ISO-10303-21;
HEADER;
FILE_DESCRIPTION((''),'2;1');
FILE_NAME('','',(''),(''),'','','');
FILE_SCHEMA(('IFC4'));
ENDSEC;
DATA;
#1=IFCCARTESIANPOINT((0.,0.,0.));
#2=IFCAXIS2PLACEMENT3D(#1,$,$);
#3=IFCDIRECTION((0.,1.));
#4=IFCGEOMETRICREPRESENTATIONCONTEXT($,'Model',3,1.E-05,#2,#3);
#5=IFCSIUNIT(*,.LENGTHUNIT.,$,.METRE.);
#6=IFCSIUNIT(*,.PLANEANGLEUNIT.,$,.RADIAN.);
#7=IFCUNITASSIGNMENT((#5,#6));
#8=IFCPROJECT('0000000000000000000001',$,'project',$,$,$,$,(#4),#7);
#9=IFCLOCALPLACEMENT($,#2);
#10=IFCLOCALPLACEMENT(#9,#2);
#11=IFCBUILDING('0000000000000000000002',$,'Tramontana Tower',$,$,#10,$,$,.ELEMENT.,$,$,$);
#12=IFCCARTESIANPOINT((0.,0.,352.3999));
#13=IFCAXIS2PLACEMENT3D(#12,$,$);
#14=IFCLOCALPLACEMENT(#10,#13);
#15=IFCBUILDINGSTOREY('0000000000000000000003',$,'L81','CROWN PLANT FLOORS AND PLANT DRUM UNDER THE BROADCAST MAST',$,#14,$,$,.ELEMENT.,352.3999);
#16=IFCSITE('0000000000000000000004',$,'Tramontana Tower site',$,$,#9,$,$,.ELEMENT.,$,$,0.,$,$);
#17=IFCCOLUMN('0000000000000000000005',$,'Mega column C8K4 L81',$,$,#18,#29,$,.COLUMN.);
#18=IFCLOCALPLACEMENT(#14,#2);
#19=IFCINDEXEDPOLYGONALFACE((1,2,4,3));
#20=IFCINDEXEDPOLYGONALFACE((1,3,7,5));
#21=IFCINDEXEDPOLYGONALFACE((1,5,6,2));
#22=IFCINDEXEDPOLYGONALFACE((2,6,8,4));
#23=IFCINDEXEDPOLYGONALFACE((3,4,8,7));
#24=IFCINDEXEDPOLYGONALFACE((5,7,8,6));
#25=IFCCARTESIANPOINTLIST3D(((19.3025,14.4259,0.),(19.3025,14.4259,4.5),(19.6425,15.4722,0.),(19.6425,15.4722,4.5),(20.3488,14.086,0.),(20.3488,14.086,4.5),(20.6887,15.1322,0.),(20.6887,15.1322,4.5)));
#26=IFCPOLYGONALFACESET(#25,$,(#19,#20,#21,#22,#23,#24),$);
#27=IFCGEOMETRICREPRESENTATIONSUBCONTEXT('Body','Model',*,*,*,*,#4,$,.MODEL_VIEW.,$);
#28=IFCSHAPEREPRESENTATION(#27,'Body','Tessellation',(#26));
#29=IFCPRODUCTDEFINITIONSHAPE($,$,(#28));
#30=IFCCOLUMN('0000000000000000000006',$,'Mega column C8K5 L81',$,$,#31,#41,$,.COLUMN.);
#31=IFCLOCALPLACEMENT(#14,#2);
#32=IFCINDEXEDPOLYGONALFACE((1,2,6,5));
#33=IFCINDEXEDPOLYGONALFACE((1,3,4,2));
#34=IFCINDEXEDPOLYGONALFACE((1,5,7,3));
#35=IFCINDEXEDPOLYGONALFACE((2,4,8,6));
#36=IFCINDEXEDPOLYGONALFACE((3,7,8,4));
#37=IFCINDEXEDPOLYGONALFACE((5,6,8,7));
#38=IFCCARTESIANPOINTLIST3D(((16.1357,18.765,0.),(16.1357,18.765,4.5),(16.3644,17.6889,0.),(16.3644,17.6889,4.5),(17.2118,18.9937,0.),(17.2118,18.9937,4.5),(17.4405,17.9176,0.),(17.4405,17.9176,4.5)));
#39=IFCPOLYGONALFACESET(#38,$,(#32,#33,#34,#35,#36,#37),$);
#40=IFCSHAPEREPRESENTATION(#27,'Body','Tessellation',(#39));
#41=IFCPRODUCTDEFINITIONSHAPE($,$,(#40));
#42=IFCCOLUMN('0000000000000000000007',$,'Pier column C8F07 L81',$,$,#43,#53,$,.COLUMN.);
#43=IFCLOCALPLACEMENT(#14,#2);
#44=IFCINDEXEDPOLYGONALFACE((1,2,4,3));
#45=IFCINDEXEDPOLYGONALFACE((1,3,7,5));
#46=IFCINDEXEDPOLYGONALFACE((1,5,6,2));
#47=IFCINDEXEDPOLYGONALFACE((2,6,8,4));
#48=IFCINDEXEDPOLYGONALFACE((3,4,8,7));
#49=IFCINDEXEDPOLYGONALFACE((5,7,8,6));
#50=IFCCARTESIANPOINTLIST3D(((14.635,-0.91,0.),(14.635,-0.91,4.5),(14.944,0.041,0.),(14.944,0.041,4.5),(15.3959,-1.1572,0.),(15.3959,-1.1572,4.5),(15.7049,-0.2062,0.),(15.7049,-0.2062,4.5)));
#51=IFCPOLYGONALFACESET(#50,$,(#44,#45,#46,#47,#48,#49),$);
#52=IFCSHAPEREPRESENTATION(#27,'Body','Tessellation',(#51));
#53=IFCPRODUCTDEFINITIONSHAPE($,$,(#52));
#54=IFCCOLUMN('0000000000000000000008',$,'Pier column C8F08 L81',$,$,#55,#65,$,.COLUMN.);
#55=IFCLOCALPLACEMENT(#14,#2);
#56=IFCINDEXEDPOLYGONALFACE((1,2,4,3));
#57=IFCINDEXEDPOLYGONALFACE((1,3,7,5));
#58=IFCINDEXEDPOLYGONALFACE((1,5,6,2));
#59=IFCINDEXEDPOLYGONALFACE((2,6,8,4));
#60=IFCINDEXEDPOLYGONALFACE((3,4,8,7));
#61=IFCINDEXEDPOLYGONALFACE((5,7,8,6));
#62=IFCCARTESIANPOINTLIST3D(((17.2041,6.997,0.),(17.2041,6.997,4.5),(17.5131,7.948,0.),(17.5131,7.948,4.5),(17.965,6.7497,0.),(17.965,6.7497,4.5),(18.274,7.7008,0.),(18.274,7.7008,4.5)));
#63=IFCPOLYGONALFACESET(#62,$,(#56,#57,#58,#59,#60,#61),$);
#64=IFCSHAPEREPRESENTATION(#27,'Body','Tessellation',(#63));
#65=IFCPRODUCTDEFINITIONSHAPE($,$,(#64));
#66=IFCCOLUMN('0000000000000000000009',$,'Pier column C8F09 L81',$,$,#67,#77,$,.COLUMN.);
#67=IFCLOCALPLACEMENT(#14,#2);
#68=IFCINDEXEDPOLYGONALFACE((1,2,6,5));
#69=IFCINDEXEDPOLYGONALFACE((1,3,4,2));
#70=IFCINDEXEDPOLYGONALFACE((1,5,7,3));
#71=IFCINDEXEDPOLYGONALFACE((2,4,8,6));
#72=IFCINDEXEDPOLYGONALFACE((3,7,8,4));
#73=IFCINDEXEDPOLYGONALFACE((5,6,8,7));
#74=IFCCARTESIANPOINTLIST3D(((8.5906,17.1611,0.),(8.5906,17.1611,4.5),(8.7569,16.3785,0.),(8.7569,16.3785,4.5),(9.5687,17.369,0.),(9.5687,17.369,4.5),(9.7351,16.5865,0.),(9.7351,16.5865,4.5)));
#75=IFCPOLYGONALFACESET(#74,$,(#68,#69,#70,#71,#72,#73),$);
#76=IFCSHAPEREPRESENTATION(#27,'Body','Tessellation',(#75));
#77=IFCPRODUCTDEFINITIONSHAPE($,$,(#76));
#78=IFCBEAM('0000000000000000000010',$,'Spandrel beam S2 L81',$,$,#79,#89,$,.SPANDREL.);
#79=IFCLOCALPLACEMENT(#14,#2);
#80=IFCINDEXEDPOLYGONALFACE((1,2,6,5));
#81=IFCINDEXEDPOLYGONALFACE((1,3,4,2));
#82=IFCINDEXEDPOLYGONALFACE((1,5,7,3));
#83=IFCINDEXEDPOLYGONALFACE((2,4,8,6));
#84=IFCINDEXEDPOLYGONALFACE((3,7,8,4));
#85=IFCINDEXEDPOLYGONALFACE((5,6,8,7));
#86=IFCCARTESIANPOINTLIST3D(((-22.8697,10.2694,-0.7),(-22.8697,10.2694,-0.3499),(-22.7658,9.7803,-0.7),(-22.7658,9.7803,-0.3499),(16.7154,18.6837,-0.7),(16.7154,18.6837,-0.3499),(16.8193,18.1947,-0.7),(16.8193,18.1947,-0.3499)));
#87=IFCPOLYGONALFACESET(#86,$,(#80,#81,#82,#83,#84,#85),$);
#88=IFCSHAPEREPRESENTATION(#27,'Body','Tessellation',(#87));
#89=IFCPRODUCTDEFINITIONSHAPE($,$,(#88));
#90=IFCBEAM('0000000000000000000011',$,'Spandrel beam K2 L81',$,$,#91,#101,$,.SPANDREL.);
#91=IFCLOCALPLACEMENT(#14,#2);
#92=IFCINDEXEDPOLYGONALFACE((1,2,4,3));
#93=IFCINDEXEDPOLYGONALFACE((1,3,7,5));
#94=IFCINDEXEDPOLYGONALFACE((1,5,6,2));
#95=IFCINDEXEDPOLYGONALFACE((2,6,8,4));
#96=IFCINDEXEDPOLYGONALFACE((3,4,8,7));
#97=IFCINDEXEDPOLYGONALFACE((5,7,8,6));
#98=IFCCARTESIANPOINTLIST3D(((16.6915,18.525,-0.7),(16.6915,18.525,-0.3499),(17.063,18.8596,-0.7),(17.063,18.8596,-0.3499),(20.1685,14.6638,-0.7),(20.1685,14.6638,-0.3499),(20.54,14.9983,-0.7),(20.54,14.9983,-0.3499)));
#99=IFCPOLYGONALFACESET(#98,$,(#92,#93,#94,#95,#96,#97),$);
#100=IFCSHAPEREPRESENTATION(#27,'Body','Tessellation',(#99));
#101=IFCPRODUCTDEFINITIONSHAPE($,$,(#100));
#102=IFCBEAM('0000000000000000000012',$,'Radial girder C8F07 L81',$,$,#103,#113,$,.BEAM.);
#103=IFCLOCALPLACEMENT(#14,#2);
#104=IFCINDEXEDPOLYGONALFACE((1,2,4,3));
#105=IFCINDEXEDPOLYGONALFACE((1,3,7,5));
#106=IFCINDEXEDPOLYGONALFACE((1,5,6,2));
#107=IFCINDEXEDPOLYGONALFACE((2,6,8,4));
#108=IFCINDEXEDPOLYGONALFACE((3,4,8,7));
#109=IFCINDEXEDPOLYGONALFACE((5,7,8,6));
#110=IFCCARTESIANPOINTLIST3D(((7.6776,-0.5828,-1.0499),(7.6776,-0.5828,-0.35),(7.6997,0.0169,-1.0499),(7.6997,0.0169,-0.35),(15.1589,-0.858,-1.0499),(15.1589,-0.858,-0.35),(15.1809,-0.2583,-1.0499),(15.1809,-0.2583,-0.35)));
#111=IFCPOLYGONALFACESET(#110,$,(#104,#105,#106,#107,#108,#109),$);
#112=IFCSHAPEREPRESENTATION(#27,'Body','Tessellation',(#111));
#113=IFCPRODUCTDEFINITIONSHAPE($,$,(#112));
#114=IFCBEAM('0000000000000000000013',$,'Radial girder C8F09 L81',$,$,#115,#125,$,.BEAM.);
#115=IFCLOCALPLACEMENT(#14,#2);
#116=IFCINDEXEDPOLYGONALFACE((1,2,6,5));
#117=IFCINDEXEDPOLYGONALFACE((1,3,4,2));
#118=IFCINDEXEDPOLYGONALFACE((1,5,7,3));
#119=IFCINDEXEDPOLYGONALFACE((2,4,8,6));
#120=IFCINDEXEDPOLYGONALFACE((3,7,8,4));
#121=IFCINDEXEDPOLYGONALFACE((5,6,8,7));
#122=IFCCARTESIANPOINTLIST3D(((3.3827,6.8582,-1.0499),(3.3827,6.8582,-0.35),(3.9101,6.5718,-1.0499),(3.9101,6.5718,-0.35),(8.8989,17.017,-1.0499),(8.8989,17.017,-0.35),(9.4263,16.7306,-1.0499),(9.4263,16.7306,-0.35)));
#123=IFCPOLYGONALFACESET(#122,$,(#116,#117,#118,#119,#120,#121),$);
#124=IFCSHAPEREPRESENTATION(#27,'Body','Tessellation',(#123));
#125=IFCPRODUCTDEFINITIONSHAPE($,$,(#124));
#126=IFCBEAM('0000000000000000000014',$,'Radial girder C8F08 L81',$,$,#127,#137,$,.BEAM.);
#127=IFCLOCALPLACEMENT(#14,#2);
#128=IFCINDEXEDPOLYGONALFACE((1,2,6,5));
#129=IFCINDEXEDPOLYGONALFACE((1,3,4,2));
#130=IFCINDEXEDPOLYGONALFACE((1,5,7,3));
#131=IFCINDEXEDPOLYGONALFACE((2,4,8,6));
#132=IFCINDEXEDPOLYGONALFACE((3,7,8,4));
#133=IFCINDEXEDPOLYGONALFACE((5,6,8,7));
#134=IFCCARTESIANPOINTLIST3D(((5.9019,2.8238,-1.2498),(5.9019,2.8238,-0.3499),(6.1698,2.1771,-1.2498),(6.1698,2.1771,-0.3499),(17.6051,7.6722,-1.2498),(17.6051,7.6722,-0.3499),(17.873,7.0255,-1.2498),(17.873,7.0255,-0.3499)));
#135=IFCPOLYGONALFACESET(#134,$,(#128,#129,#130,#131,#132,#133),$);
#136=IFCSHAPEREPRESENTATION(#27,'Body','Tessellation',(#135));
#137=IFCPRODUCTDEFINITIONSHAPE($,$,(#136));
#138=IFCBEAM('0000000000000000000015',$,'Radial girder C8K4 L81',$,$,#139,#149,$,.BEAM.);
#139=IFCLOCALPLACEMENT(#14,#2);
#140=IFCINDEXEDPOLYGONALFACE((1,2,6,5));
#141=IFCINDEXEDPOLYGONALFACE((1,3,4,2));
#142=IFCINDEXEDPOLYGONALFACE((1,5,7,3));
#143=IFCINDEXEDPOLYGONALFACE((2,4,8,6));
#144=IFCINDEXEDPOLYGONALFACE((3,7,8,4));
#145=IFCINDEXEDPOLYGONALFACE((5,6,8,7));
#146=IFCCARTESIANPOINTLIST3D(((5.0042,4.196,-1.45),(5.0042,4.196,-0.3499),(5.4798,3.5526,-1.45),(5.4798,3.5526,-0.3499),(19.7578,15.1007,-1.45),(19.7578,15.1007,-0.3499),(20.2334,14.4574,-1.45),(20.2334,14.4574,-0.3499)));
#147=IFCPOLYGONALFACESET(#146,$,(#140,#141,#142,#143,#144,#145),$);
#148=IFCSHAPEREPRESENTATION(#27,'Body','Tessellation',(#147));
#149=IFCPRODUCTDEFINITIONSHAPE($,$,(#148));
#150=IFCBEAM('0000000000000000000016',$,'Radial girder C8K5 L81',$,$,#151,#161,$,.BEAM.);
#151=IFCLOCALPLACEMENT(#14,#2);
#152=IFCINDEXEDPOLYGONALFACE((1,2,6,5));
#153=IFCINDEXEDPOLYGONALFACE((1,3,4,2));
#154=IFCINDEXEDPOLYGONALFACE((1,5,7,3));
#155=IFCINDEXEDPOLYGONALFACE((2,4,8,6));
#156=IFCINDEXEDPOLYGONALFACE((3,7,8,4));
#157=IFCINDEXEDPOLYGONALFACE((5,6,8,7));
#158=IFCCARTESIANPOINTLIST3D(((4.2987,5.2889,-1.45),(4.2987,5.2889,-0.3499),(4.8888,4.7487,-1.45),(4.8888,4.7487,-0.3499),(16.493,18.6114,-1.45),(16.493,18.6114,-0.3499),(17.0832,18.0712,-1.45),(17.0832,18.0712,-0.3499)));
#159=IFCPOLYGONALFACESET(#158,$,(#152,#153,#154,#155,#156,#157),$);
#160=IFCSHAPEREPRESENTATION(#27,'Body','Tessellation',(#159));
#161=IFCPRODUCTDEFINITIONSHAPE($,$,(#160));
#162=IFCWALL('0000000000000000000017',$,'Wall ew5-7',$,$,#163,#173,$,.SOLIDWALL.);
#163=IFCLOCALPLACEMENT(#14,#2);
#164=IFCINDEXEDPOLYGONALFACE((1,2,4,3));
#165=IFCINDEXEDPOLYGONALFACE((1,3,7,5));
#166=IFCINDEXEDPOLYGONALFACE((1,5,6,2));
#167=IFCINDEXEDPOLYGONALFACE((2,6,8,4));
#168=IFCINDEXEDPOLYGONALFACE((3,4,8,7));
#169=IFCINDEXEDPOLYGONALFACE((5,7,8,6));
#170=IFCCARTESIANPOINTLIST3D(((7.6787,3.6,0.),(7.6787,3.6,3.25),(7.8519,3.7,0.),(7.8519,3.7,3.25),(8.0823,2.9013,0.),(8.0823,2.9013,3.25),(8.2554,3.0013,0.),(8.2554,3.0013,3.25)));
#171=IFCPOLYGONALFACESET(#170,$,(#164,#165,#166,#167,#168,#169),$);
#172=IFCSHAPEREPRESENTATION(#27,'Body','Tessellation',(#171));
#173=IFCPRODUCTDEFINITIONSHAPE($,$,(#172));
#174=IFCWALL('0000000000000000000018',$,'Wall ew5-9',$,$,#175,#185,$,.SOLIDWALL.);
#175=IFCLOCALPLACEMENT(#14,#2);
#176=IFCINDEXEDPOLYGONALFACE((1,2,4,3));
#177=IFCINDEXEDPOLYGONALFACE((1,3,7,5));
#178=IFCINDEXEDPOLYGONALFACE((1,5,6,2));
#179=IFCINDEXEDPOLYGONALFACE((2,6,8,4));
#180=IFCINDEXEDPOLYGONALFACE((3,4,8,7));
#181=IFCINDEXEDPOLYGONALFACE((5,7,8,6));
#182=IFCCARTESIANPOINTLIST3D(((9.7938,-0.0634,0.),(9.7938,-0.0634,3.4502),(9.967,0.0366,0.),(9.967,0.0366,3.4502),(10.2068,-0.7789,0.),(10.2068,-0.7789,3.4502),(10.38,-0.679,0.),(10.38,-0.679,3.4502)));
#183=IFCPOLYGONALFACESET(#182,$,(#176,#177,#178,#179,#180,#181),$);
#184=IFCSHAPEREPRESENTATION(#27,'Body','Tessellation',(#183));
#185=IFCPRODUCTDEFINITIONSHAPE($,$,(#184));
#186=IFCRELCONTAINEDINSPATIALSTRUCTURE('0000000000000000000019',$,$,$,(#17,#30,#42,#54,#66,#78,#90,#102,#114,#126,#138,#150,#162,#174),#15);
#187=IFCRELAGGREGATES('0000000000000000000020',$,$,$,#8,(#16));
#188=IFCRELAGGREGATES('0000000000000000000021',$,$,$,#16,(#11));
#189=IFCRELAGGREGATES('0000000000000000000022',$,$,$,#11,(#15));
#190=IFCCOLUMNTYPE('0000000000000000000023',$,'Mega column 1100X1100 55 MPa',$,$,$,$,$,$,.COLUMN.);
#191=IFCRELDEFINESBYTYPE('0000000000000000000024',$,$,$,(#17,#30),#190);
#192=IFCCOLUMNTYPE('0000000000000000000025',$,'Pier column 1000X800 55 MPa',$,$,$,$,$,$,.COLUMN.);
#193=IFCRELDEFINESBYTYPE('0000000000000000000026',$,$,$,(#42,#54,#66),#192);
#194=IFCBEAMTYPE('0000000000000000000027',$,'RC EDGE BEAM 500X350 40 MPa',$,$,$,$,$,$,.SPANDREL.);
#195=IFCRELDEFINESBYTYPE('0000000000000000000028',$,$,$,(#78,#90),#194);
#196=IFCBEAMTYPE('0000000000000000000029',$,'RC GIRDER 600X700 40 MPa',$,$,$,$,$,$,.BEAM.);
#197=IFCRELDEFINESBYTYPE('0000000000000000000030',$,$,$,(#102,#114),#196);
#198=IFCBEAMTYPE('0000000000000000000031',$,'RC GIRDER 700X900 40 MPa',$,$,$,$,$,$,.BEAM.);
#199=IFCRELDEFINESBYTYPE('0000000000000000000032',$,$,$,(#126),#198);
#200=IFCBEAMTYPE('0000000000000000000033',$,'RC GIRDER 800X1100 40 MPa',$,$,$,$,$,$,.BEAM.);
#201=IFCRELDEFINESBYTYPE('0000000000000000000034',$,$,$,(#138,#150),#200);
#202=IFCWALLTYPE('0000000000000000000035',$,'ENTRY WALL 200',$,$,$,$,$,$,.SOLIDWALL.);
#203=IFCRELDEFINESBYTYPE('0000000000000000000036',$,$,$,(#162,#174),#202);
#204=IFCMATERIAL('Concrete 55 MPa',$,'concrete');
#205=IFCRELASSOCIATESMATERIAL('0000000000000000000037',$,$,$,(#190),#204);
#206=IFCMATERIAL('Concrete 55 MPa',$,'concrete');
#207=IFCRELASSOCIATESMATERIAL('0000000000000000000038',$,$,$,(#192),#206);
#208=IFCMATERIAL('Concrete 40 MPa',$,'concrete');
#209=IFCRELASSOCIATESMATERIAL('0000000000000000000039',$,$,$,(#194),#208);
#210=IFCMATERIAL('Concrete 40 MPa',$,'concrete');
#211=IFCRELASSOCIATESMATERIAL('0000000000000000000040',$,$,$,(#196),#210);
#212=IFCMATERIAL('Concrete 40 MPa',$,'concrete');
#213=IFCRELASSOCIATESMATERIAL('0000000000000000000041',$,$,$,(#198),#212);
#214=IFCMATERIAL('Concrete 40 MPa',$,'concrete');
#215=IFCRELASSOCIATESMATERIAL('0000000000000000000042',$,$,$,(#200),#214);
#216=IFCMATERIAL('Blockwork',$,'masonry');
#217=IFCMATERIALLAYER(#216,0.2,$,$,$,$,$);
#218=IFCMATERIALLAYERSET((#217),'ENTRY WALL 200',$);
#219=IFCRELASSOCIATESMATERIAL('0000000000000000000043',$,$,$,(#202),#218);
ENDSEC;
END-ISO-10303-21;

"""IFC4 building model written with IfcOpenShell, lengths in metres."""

from ifc_helpers import new_model, si_unit, direction, frame, frame_2d, origin, origin_2d, place, context, subcontext, project, spatial, rectangle, extrude, material, layer, layer_set, material_profile, profile_set, type_object, element, save


model = new_model("IFC4")

# Units and contexts
model_context = context("Model", 3, precision=1e-05, world=origin(), true_north=direction((0.0, 1.0)))
body_context = subcontext(model_context, "Body", "Model", "MODEL_VIEW")
ifc_project = project(units=[si_unit("LENGTHUNIT", "METRE"), si_unit("PLANEANGLEUNIT", "RADIAN")], contexts=[model_context])

# Site, building, storey
site_placement = place(None, origin())
site = spatial("IfcSite", under=ifc_project, at=site_placement, Name="Tramontana Tower site", CompositionType="ELEMENT", RefElevation=0.0)
building_placement = place(site_placement, origin())
building = spatial("IfcBuilding", under=site, at=building_placement, Name="Tramontana Tower", CompositionType="ELEMENT")
storey_placement = place(building_placement, frame((0.0, 0.0, 352.3999)))
storey = spatial("IfcBuildingStorey", under=building, at=storey_placement, Name="L81", Description="CROWN PLANT FLOORS AND PLANT DRUM UNDER THE BROADCAST MAST", CompositionType="ELEMENT", Elevation=352.3999)

# Columns
ifc_material_1 = material(Name="Concrete 55 MPa", Category="concrete")
ifc_material_profile_1 = material_profile(ifc_material_1, rectangle(XDim=1.1001, YDim=1.1001, at=origin_2d()), Name="Mega column 1100X1100 55 MPa")
ifc_profile_set_1 = profile_set([ifc_material_profile_1], Name="Concrete 55 MPa")
column_type_1 = type_object("IfcColumnType", Name="Mega column 1100X1100 55 MPa", PredefinedType="COLUMN", material=ifc_profile_set_1)
for number, where, z_axis, x_axis, name in (
    (1, (19.9956, 14.7791, 0.0), (0.0, 0.0, 1.0), (0.309017, 0.951057, 0.0), "Mega column C8K4 L81"),
    (2, (16.7881, 18.3413, 0.0), (0.0, 0.0, 1.0), (-0.978148, -0.207912, 0.0), "Mega column C8K5 L81"),
):
    element("IfcColumn", number, at=place(storey_placement, frame(where, z_axis=z_axis, x_axis=x_axis)), inside=storey, type_object=column_type_1, Name=name, PredefinedType="COLUMN", context=body_context, shape_type="SweptSolid", body=[
        extrude(rectangle(XDim=1.1001, YDim=1.1001, at=origin_2d()), origin(), (0.0, 0.0, 1.0), 4.5),
    ])
ifc_material_2 = material(Name="Concrete 55 MPa", Category="concrete")
ifc_material_profile_2 = material_profile(ifc_material_2, rectangle(XDim=1.0, YDim=0.8, at=origin_2d()), Name="Pier column 1000X800 55 MPa")
ifc_profile_set_2 = profile_set([ifc_material_profile_2], Name="Concrete 55 MPa")
column_type_2 = type_object("IfcColumnType", Name="Pier column 1000X800 55 MPa", PredefinedType="COLUMN", material=ifc_profile_set_2)
for number, where, z_axis, x_axis, name in (
    (3, (15.1699, -0.5581, 0.0), (0.0, 0.0, 1.0), (0.309017, 0.951057, 0.0), "Pier column C8F07 L81"),
    (4, (17.739, 7.3489, 0.0), (0.0, 0.0, 1.0), (0.309017, 0.951057, 0.0), "Pier column C8F08 L81"),
    (5, (9.1628, 16.8738, 0.0), (0.0, 0.0, 1.0), (-0.978148, -0.207912, 0.0), "Pier column C8F09 L81"),
):
    element("IfcColumn", number, at=place(storey_placement, frame(where, z_axis=z_axis, x_axis=x_axis)), inside=storey, type_object=column_type_2, Name=name, PredefinedType="COLUMN", context=body_context, shape_type="SweptSolid", body=[
        extrude(rectangle(XDim=1.0, YDim=0.8, at=origin_2d()), origin(), (0.0, 0.0, 1.0), 4.5),
    ])

# Beams
ifc_material_3 = material(Name="Concrete 40 MPa", Category="concrete")
ifc_material_profile_3 = material_profile(ifc_material_3, rectangle(XDim=0.5, YDim=0.3501, at=origin_2d()), Name="RC EDGE BEAM 500X350 40 MPa")
ifc_profile_set_3 = profile_set([ifc_material_profile_3], Name="Concrete 40 MPa")
beam_type_1 = type_object("IfcBeamType", Name="RC EDGE BEAM 500X350 40 MPa", PredefinedType="SPANDREL", material=ifc_profile_set_3)
beam_1_placement = place(storey_placement, frame((16.7673, 18.4392, -0.5249), z_axis=(-0.978146, -0.207918, 0.0), x_axis=(0.207918, -0.978146, 0.0)))
element("IfcBeam", 6, at=beam_1_placement, inside=storey, type_object=beam_type_1, Name="Spandrel beam S2 L81", PredefinedType="SPANDREL", context=body_context, shape_type="SweptSolid", body=[
    extrude(rectangle(XDim=0.5, YDim=0.3501, at=origin_2d()), origin(), (0.0, 0.0, 1.0), 40.4695),
])
beam_2_placement = place(storey_placement, frame((20.3542, 14.8311, -0.5249), z_axis=(-0.669162, 0.743117, 0.0), x_axis=(-0.743117, -0.669162, 0.0)))
element("IfcBeam", 7, at=beam_2_placement, inside=storey, type_object=beam_type_1, Name="Spandrel beam K2 L81", PredefinedType="SPANDREL", context=body_context, shape_type="SweptSolid", body=[
    extrude(rectangle(XDim=0.5, YDim=0.3501, at=origin_2d()), origin(), (0.0, 0.0, 1.0), 5.196),
])
ifc_material_4 = material(Name="Concrete 40 MPa", Category="concrete")
ifc_material_profile_4 = material_profile(ifc_material_4, rectangle(XDim=0.6001, YDim=0.7, at=origin_2d()), Name="RC GIRDER 600X700 40 MPa")
ifc_profile_set_4 = profile_set([ifc_material_profile_4], Name="Concrete 40 MPa")
beam_type_2 = type_object("IfcBeamType", Name="RC GIRDER 600X700 40 MPa", PredefinedType="BEAM", material=ifc_profile_set_4)
beam_3_placement = place(storey_placement, frame((15.1699, -0.5581, -0.7), z_axis=(-0.999324, 0.036754, 0.0), x_axis=(-0.036754, -0.999324, 0.0)))
element("IfcBeam", 8, at=beam_3_placement, inside=storey, type_object=beam_type_2, Name="Radial girder C8F07 L81", PredefinedType="BEAM", context=body_context, shape_type="SweptSolid", body=[
    extrude(rectangle(XDim=0.6001, YDim=0.7, at=origin_2d()), origin(), (0.0, 0.0, 1.0), 7.4863),
])
beam_4_placement = place(storey_placement, frame((9.1626, 16.8738, -0.7), z_axis=(-0.477185, -0.878803, 0.0), x_axis=(0.878803, -0.477185, 0.0)))
element("IfcBeam", 9, at=beam_4_placement, inside=storey, type_object=beam_type_2, Name="Radial girder C8F09 L81", PredefinedType="BEAM", context=body_context, shape_type="SweptSolid", body=[
    extrude(rectangle(XDim=0.6001, YDim=0.7, at=origin_2d()), origin(), (0.0, 0.0, 1.0), 11.5598),
])
ifc_material_5 = material(Name="Concrete 40 MPa", Category="concrete")
ifc_material_profile_5 = material_profile(ifc_material_5, rectangle(XDim=0.7, YDim=0.8999, at=origin_2d()), Name="RC GIRDER 700X900 40 MPa")
ifc_profile_set_5 = profile_set([ifc_material_profile_5], Name="Concrete 40 MPa")
beam_type_3 = type_object("IfcBeamType", Name="RC GIRDER 700X900 40 MPa", PredefinedType="BEAM", material=ifc_profile_set_5)
beam_5_placement = place(storey_placement, frame((17.739, 7.3489, -0.7998), z_axis=(-0.923857, -0.382737, 0.0), x_axis=(0.382737, -0.923857, 0.0)))
element("IfcBeam", 10, at=beam_5_placement, inside=storey, type_object=beam_type_3, Name="Radial girder C8F08 L81", PredefinedType="BEAM", context=body_context, shape_type="SweptSolid", body=[
    extrude(rectangle(XDim=0.7, YDim=0.8999, at=origin_2d()), origin(), (0.0, 0.0, 1.0), 12.6677),
])
ifc_material_6 = material(Name="Concrete 40 MPa", Category="concrete")
ifc_material_profile_6 = material_profile(ifc_material_6, rectangle(XDim=0.8, YDim=1.1001, at=origin_2d()), Name="RC GIRDER 800X1100 40 MPa")
ifc_profile_set_6 = profile_set([ifc_material_profile_6], Name="Concrete 40 MPa")
beam_type_4 = type_object("IfcBeamType", Name="RC GIRDER 800X1100 40 MPa", PredefinedType="BEAM", material=ifc_profile_set_6)
beam_6_placement = place(storey_placement, frame((19.9956, 14.7791, -0.8999), z_axis=(-0.804179, -0.594388, 0.0), x_axis=(0.594388, -0.804179, 0.0)))
element("IfcBeam", 11, at=beam_6_placement, inside=storey, type_object=beam_type_4, Name="Radial girder C8K4 L81", PredefinedType="BEAM", context=body_context, shape_type="SweptSolid", body=[
    extrude(rectangle(XDim=0.8, YDim=1.1001, at=origin_2d()), origin(), (0.0, 0.0, 1.0), 18.3462),
])
beam_7_placement = place(storey_placement, frame((16.7881, 18.3413, -0.8999), z_axis=(-0.675184, -0.737649, 0.0), x_axis=(0.737649, -0.675184, 0.0)))
element("IfcBeam", 12, at=beam_7_placement, inside=storey, type_object=beam_type_4, Name="Radial girder C8K5 L81", PredefinedType="BEAM", context=body_context, shape_type="SweptSolid", body=[
    extrude(rectangle(XDim=0.8, YDim=1.1001, at=origin_2d()), origin(), (0.0, 0.0, 1.0), 18.0608),
])

# Wall
ifc_material_7 = material(Name="Blockwork", Category="masonry")
ifc_layer_1 = layer(ifc_material_7, 0.2)
ifc_layer_set_1 = layer_set([ifc_layer_1], Name="ENTRY WALL 200")
wall_type_1 = type_object("IfcWallType", Name="ENTRY WALL 200", PredefinedType="SOLIDWALL", material=ifc_layer_set_1)
wall_1_placement = place(storey_placement, frame((7.7654, 3.6499, 0.0), z_axis=(0.0, 0.0, 1.0), x_axis=(0.500141, -0.865944, 0.0)))
element("IfcWall", 13, at=wall_1_placement, inside=storey, type_object=wall_type_1, Name="Wall ew5-7", PredefinedType="SOLIDWALL", context=body_context, shape_type="SweptSolid", body=[
    extrude(rectangle(XDim=0.8069, YDim=0.2, at=frame_2d((0.4033, 0.0))), origin(), (0.0, 0.0, 1.0), 3.25),
])

# Wall
wall_2_placement = place(storey_placement, frame((9.8804, -0.0134, 0.0), z_axis=(0.0, 0.0, 1.0), x_axis=(0.499953, -0.866053, 0.0)))
element("IfcWall", 14, at=wall_2_placement, inside=storey, type_object=wall_type_1, Name="Wall ew5-9", PredefinedType="SOLIDWALL", context=body_context, shape_type="SweptSolid", body=[
    extrude(rectangle(XDim=0.8262, YDim=0.2, at=frame_2d((0.4131, 0.0))), origin(), (0.0, 0.0, 1.0), 3.4502),
])

save(model, "model.ifc")
